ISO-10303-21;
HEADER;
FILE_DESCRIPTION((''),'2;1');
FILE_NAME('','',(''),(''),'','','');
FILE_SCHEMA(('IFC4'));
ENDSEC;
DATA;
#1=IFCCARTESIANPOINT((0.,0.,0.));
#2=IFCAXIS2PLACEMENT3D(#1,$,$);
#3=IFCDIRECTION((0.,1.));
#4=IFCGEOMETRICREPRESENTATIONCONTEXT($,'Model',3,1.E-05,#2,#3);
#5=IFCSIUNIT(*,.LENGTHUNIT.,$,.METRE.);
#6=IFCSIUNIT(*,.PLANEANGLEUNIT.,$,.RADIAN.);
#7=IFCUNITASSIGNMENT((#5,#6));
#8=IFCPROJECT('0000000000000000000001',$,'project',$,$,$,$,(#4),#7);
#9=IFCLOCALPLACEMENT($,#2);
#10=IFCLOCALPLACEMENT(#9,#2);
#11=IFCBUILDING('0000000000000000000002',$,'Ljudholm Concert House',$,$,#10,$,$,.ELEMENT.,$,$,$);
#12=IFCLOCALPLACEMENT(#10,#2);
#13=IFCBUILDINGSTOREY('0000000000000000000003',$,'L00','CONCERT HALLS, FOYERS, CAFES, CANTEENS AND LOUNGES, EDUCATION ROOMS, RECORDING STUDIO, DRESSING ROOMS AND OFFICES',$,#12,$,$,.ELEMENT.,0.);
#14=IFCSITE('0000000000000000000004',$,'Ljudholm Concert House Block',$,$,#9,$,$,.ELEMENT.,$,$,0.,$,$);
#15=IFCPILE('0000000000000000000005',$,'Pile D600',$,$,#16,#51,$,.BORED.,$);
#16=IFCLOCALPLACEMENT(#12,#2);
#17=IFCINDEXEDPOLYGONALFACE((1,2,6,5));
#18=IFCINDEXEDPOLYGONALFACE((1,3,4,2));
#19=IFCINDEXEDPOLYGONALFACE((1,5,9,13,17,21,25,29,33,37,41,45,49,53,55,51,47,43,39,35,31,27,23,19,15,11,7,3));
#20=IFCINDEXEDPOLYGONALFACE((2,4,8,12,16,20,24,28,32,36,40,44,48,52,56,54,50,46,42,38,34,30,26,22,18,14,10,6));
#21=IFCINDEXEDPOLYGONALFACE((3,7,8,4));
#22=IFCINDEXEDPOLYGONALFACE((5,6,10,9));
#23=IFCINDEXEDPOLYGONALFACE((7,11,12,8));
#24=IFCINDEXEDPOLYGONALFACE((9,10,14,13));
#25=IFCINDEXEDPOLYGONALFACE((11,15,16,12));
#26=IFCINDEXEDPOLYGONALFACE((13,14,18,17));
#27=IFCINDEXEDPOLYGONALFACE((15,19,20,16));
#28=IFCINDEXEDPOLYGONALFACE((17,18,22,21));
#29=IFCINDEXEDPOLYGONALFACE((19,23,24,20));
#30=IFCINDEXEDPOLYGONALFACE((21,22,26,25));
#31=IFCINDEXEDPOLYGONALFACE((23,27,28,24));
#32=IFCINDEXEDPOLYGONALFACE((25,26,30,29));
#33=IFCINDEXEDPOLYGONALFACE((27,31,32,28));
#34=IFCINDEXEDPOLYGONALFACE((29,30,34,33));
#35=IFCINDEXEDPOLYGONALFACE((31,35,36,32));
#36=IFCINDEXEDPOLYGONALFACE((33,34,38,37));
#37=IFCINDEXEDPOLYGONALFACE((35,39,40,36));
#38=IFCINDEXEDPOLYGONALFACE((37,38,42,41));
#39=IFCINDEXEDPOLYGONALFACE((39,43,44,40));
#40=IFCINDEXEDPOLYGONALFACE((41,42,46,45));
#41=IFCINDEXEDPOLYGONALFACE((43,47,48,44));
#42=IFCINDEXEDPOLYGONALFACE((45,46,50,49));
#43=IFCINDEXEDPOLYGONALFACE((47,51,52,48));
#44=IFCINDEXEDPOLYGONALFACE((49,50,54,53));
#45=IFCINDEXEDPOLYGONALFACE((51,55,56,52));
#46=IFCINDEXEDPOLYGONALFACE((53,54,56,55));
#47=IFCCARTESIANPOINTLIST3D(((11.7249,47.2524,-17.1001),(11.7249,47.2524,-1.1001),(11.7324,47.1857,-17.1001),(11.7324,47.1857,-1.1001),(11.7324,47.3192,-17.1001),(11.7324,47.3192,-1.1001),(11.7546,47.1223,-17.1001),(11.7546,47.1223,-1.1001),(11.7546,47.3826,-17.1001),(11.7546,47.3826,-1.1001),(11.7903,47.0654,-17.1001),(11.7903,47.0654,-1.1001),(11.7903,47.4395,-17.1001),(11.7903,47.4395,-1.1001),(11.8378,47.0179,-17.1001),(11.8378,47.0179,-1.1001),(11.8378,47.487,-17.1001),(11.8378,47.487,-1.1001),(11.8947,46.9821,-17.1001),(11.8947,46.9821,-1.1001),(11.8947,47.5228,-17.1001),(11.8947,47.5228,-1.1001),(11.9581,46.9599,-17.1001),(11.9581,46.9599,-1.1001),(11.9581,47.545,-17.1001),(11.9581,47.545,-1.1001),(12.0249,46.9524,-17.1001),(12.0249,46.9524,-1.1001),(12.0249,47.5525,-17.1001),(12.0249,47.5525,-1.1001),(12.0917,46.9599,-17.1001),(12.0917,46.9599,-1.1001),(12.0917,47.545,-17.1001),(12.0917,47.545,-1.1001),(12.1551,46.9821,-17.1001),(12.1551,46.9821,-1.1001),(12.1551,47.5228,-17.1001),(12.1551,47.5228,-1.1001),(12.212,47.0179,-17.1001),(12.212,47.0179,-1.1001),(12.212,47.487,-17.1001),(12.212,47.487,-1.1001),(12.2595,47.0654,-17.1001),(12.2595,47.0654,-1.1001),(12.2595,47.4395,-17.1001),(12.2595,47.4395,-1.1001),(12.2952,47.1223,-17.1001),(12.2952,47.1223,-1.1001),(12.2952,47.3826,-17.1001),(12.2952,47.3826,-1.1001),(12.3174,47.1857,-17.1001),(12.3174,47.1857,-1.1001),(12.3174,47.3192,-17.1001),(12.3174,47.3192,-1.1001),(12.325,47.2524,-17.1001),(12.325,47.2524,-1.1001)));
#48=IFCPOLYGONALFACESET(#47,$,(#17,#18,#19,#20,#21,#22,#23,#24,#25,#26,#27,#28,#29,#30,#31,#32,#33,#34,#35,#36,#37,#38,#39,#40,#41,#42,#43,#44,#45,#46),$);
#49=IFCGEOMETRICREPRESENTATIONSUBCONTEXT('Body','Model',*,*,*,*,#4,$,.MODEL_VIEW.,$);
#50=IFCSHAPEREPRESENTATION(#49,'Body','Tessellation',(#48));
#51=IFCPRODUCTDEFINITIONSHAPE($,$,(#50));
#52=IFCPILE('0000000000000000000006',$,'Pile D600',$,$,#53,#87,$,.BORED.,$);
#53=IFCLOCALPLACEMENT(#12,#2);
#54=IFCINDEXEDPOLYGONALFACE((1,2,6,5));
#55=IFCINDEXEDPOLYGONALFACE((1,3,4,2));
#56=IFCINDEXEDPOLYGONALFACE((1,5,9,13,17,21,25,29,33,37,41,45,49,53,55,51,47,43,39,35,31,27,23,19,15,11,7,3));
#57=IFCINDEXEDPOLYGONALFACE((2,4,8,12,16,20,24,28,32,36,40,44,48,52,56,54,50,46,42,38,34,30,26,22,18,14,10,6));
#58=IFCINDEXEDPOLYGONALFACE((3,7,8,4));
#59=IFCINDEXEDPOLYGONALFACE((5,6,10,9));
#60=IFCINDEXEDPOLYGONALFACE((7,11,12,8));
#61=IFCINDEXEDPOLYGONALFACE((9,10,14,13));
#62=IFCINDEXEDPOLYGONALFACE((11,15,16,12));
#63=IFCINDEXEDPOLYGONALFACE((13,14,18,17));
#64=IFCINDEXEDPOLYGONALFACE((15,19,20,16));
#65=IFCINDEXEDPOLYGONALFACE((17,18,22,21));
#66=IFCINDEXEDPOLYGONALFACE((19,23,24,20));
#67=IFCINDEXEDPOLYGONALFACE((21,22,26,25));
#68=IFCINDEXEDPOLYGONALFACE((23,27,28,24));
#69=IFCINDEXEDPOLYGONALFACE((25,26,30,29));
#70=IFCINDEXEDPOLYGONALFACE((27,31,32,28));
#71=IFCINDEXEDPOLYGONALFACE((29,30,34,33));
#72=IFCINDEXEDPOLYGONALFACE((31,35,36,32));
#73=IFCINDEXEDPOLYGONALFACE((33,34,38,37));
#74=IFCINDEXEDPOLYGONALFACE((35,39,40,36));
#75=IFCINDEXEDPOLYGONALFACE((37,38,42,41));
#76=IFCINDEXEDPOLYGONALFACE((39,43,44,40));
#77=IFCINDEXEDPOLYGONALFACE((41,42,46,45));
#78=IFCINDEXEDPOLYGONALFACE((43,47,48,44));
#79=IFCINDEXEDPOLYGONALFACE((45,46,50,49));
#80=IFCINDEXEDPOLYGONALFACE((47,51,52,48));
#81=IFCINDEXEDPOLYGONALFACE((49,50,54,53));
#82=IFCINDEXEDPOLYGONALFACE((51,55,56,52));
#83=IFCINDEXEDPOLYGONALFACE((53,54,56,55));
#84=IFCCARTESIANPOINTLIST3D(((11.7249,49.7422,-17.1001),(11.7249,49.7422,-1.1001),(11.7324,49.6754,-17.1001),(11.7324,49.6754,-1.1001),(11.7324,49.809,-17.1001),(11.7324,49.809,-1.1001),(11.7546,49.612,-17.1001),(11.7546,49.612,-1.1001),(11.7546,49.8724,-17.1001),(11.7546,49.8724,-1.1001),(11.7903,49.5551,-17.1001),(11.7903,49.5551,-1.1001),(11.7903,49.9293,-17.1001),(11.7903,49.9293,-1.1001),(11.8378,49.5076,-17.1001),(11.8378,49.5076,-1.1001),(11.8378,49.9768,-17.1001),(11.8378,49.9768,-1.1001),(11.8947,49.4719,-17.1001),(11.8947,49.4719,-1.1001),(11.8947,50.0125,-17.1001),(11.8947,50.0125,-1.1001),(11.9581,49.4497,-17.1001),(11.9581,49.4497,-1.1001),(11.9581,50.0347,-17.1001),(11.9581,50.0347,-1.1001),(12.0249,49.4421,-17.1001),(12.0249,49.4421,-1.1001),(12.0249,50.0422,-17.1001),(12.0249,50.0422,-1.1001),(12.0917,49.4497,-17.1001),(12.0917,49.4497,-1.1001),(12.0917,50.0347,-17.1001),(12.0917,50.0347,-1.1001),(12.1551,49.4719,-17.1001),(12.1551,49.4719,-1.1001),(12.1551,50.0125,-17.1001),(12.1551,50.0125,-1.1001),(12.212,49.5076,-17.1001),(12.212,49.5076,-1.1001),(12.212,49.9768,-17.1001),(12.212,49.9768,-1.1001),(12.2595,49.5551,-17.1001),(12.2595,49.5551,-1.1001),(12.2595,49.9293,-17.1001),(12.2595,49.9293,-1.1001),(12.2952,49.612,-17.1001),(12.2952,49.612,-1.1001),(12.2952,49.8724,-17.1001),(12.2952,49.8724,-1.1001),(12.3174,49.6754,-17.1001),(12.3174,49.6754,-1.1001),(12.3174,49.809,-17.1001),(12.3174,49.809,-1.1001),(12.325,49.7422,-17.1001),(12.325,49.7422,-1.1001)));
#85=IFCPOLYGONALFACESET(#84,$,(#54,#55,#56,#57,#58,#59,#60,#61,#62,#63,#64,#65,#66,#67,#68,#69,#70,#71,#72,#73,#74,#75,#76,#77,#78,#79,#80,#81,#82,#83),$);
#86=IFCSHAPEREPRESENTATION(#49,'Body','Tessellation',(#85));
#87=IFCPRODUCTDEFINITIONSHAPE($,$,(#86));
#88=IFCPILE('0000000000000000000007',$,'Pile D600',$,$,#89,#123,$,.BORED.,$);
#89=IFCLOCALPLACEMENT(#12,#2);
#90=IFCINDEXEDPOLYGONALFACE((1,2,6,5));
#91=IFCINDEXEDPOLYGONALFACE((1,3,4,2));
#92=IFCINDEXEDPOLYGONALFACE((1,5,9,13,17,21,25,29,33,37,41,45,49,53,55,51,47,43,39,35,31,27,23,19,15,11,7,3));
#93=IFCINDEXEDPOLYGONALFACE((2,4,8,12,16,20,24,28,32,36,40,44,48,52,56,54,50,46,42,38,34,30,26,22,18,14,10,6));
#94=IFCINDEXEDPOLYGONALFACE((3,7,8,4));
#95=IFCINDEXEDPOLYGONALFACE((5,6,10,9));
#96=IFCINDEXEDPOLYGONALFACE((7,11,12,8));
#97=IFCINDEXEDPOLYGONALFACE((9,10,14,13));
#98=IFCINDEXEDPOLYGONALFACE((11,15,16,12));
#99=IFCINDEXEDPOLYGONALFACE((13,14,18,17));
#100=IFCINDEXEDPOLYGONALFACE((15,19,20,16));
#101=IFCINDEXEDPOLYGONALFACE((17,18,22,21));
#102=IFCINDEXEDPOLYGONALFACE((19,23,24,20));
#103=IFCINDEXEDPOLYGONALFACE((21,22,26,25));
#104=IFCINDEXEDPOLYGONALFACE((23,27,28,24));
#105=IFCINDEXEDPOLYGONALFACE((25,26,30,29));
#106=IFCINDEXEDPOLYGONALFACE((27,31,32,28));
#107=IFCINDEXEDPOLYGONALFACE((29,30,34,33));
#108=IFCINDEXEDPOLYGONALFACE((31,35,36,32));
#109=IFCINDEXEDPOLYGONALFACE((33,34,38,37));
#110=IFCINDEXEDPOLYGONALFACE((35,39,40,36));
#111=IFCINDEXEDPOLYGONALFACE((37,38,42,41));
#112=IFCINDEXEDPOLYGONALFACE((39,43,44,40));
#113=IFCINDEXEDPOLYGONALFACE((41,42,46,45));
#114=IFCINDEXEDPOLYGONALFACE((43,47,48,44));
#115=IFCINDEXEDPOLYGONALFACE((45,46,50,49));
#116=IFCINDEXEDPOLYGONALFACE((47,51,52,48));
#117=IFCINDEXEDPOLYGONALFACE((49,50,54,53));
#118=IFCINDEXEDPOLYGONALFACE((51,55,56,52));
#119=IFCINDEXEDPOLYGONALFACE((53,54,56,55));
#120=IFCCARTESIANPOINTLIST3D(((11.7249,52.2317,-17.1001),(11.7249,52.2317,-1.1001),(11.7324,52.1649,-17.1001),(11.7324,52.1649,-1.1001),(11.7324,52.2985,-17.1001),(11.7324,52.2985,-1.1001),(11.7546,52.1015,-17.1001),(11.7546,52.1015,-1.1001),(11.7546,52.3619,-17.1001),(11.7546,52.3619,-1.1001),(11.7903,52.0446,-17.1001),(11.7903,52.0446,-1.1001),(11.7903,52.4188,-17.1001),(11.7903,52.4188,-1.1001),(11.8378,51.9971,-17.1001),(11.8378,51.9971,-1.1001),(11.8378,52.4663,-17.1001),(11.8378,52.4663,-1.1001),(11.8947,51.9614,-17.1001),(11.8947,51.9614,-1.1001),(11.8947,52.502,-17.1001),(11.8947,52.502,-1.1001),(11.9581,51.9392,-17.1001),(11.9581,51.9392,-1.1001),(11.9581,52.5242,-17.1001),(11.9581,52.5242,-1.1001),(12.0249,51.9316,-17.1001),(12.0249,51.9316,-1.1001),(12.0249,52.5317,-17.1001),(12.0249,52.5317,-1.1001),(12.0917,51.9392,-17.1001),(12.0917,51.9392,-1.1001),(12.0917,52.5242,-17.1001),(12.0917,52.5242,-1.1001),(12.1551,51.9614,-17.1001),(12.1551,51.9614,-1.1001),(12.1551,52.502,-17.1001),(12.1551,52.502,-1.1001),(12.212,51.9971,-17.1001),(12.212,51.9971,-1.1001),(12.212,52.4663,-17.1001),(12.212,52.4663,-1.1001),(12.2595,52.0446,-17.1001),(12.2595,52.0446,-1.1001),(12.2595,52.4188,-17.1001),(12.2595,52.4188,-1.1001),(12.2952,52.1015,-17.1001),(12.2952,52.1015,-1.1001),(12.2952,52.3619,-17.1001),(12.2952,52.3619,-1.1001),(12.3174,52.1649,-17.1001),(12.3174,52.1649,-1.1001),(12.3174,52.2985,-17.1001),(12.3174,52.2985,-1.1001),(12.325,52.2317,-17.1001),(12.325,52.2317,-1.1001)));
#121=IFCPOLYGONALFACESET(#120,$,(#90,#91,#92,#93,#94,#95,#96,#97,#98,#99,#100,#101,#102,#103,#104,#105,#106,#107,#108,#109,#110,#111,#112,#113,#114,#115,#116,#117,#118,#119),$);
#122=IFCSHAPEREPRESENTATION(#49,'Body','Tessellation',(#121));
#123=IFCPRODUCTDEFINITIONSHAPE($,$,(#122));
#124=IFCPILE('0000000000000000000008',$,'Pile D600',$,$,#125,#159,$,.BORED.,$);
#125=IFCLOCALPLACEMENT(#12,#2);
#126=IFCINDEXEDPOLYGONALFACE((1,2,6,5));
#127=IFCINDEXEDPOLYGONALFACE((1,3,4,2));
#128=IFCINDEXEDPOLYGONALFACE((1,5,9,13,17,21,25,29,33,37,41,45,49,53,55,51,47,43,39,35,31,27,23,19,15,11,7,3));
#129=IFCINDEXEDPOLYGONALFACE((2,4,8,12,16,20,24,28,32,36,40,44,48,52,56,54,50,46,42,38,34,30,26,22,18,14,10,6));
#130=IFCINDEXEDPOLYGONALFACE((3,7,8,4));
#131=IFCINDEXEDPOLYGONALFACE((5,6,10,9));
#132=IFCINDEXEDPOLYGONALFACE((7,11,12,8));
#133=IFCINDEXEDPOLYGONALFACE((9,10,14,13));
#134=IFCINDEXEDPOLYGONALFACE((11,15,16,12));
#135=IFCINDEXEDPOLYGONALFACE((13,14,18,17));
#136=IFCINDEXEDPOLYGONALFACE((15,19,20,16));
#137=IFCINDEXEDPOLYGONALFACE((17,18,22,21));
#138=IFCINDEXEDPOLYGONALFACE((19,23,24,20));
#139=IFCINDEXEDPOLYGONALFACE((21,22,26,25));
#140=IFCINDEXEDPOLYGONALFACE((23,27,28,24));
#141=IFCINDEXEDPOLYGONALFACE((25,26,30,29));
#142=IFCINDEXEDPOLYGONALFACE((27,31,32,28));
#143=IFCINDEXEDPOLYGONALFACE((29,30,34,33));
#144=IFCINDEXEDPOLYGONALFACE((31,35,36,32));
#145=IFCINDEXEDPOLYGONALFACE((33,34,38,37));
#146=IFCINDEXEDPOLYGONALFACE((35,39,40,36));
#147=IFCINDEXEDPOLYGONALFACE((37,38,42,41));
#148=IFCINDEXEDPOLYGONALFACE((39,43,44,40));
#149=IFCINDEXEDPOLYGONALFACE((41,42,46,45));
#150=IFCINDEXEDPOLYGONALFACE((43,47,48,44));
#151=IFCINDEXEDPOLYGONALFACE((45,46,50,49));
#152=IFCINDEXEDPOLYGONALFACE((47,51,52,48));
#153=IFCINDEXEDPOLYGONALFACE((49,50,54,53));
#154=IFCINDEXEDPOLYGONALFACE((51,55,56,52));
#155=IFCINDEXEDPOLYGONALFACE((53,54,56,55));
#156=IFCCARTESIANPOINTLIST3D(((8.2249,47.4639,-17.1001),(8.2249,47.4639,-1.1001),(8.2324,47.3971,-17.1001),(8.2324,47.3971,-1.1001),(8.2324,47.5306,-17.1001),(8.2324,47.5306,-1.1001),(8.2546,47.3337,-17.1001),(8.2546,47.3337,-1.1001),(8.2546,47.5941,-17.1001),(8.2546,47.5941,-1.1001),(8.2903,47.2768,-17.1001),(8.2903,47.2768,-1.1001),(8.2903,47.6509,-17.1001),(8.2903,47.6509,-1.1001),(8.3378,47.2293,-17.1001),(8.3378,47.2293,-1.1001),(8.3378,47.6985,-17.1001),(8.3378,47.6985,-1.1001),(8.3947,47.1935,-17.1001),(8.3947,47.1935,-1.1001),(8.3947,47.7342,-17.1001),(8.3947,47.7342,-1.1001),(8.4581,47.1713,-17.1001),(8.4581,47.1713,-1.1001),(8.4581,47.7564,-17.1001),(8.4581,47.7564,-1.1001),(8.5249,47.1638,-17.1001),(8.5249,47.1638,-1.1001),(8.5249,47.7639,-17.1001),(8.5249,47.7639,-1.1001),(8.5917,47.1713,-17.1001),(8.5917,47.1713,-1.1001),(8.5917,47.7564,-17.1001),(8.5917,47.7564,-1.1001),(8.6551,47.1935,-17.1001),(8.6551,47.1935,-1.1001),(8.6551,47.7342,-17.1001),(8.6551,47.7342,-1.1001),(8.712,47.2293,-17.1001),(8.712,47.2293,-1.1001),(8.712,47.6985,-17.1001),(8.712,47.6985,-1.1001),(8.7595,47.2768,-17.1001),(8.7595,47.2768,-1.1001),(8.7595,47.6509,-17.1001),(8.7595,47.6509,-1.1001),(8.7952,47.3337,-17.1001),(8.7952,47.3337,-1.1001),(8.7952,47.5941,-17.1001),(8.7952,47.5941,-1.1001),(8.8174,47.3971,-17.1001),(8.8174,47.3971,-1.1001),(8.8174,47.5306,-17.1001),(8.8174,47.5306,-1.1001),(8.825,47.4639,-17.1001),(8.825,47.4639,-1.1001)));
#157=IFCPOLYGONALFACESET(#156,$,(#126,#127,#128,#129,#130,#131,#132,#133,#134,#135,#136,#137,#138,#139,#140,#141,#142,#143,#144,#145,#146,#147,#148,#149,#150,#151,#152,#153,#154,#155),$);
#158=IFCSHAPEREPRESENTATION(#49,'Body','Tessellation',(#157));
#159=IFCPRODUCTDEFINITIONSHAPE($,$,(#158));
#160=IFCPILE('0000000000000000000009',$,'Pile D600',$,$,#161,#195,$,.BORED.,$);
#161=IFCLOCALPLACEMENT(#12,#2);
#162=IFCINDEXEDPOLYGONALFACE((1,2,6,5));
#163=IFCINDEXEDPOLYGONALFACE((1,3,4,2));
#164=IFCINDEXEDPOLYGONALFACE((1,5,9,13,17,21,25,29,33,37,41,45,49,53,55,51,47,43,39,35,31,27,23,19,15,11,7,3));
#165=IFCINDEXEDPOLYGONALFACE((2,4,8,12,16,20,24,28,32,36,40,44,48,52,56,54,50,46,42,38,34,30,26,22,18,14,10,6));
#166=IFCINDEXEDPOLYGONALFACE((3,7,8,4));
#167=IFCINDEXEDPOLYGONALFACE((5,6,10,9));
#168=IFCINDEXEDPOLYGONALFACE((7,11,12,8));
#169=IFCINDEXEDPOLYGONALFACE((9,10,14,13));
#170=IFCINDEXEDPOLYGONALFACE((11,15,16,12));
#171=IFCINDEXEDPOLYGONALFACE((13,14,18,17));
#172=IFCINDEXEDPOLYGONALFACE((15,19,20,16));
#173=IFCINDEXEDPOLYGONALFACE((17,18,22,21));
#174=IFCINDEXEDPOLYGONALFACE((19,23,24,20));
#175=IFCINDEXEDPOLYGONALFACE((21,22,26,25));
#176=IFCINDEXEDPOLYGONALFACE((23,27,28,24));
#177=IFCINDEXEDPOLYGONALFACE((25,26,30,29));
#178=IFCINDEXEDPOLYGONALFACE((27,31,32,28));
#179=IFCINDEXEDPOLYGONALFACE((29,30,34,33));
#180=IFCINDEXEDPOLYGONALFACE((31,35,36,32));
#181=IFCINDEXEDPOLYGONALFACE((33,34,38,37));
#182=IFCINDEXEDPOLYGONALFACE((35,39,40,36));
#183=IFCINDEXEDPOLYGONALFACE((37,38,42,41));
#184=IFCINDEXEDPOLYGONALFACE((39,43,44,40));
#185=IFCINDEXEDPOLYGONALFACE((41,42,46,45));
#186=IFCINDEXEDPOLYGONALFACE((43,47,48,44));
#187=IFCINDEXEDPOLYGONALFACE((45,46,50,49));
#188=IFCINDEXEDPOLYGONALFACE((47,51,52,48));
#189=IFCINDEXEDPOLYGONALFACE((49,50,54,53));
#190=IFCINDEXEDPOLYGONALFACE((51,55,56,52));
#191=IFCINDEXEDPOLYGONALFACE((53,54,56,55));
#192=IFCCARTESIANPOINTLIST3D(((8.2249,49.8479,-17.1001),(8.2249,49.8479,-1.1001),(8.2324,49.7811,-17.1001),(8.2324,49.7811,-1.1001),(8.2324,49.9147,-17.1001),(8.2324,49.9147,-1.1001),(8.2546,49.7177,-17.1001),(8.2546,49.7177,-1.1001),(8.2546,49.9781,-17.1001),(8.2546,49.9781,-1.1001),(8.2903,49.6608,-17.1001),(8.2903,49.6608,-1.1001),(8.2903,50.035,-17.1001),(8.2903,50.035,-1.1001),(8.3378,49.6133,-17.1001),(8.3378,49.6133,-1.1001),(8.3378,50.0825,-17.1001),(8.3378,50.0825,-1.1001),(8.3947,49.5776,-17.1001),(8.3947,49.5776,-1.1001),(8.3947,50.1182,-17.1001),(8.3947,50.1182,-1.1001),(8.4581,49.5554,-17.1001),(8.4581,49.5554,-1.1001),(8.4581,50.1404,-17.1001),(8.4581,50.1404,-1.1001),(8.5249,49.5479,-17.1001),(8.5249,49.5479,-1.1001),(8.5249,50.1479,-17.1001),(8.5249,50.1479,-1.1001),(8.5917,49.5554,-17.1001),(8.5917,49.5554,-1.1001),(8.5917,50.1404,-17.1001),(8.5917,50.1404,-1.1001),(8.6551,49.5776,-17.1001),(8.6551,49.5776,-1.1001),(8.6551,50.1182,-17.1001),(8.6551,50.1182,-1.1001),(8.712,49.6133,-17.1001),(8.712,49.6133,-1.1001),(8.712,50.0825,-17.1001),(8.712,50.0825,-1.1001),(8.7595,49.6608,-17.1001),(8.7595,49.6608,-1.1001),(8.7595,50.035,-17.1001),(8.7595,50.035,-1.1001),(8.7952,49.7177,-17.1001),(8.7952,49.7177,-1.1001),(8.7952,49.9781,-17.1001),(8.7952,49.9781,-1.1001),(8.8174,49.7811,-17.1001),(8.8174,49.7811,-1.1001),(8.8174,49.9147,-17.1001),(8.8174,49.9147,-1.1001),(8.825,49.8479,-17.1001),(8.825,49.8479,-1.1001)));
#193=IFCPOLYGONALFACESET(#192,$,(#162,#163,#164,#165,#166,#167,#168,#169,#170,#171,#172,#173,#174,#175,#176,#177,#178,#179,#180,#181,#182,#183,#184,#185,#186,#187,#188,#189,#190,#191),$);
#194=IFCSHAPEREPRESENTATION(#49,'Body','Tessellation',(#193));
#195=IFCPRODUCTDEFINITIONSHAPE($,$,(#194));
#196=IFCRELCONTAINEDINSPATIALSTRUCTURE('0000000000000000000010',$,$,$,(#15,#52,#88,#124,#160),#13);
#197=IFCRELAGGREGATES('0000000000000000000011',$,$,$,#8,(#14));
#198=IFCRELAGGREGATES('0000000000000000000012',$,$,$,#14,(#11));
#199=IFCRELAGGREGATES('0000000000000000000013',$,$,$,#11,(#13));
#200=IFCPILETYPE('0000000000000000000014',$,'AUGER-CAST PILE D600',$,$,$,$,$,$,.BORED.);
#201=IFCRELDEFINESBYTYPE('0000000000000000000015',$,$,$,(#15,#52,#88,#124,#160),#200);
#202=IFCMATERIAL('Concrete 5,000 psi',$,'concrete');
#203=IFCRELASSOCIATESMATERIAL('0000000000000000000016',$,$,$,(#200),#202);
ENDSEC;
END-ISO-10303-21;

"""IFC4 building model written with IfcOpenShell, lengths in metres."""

from ifc_helpers import new_model, si_unit, direction, frame, origin, origin_2d, place, context, subcontext, project, spatial, circle, extrude, material, material_profile, profile_set, type_object, element, save


model = new_model("IFC4")

# Units and contexts
model_context = context("Model", 3, precision=1e-05, world=origin(), true_north=direction((0.0, 1.0)))
body_context = subcontext(model_context, "Body", "Model", "MODEL_VIEW")
ifc_project = project(units=[si_unit("LENGTHUNIT", "METRE"), si_unit("PLANEANGLEUNIT", "RADIAN")], contexts=[model_context])

# Site, building, storey
site_placement = place(None, origin())
site = spatial("IfcSite", under=ifc_project, at=site_placement, Name="Ljudholm Concert House Block", CompositionType="ELEMENT", RefElevation=0.0)
building_placement = place(site_placement, origin())
building = spatial("IfcBuilding", under=site, at=building_placement, Name="Ljudholm Concert House", CompositionType="ELEMENT")
storey_placement = place(building_placement, origin())
storey = spatial("IfcBuildingStorey", under=building, at=storey_placement, Name="L00", Description="CONCERT HALLS, FOYERS, CAFES, CANTEENS AND LOUNGES, EDUCATION ROOMS, RECORDING STUDIO, DRESSING ROOMS AND OFFICES", CompositionType="ELEMENT", Elevation=0.0)

# Piles
ifc_material_1 = material(Name="Concrete 5,000 psi", Category="concrete")
ifc_material_profile_1 = material_profile(ifc_material_1, circle(Radius=0.3, at=origin_2d()), Name="AUGER-CAST PILE D600")
ifc_profile_set_1 = profile_set([ifc_material_profile_1], Name="Concrete 5,000 psi")
pile_type = type_object("IfcPileType", Name="AUGER-CAST PILE D600", PredefinedType="BORED", material=ifc_profile_set_1)
for number, where, z_axis, x_axis, name in (
    (1, (12.0249, 47.2524, -1.1001), (0.0, 0.0, -1.0), (1.0, 0.0, 0.0), "Pile D600"),
    (2, (12.0249, 49.7422, -1.1001), (0.0, 0.0, -1.0), (1.0, 0.0, 0.0), "Pile D600"),
    (3, (12.0249, 52.2317, -1.1001), (0.0, 0.0, -1.0), (1.0, 0.0, 0.0), "Pile D600"),
    (4, (8.5249, 47.4639, -1.1001), (0.0, 0.0, -1.0), (1.0, 0.0, 0.0), "Pile D600"),
    (5, (8.5249, 49.8479, -1.1001), (0.0, 0.0, -1.0), (1.0, 0.0, 0.0), "Pile D600"),
):
    element("IfcPile", number, at=place(storey_placement, frame(where, z_axis=z_axis, x_axis=x_axis)), inside=storey, type_object=pile_type, Name=name, PredefinedType="BORED", context=body_context, shape_type="SweptSolid", body=[
        extrude(circle(Radius=0.3, at=origin_2d()), origin(), (0.0, 0.0, 1.0), 16.0),
    ])

save(model, "model.ifc")
